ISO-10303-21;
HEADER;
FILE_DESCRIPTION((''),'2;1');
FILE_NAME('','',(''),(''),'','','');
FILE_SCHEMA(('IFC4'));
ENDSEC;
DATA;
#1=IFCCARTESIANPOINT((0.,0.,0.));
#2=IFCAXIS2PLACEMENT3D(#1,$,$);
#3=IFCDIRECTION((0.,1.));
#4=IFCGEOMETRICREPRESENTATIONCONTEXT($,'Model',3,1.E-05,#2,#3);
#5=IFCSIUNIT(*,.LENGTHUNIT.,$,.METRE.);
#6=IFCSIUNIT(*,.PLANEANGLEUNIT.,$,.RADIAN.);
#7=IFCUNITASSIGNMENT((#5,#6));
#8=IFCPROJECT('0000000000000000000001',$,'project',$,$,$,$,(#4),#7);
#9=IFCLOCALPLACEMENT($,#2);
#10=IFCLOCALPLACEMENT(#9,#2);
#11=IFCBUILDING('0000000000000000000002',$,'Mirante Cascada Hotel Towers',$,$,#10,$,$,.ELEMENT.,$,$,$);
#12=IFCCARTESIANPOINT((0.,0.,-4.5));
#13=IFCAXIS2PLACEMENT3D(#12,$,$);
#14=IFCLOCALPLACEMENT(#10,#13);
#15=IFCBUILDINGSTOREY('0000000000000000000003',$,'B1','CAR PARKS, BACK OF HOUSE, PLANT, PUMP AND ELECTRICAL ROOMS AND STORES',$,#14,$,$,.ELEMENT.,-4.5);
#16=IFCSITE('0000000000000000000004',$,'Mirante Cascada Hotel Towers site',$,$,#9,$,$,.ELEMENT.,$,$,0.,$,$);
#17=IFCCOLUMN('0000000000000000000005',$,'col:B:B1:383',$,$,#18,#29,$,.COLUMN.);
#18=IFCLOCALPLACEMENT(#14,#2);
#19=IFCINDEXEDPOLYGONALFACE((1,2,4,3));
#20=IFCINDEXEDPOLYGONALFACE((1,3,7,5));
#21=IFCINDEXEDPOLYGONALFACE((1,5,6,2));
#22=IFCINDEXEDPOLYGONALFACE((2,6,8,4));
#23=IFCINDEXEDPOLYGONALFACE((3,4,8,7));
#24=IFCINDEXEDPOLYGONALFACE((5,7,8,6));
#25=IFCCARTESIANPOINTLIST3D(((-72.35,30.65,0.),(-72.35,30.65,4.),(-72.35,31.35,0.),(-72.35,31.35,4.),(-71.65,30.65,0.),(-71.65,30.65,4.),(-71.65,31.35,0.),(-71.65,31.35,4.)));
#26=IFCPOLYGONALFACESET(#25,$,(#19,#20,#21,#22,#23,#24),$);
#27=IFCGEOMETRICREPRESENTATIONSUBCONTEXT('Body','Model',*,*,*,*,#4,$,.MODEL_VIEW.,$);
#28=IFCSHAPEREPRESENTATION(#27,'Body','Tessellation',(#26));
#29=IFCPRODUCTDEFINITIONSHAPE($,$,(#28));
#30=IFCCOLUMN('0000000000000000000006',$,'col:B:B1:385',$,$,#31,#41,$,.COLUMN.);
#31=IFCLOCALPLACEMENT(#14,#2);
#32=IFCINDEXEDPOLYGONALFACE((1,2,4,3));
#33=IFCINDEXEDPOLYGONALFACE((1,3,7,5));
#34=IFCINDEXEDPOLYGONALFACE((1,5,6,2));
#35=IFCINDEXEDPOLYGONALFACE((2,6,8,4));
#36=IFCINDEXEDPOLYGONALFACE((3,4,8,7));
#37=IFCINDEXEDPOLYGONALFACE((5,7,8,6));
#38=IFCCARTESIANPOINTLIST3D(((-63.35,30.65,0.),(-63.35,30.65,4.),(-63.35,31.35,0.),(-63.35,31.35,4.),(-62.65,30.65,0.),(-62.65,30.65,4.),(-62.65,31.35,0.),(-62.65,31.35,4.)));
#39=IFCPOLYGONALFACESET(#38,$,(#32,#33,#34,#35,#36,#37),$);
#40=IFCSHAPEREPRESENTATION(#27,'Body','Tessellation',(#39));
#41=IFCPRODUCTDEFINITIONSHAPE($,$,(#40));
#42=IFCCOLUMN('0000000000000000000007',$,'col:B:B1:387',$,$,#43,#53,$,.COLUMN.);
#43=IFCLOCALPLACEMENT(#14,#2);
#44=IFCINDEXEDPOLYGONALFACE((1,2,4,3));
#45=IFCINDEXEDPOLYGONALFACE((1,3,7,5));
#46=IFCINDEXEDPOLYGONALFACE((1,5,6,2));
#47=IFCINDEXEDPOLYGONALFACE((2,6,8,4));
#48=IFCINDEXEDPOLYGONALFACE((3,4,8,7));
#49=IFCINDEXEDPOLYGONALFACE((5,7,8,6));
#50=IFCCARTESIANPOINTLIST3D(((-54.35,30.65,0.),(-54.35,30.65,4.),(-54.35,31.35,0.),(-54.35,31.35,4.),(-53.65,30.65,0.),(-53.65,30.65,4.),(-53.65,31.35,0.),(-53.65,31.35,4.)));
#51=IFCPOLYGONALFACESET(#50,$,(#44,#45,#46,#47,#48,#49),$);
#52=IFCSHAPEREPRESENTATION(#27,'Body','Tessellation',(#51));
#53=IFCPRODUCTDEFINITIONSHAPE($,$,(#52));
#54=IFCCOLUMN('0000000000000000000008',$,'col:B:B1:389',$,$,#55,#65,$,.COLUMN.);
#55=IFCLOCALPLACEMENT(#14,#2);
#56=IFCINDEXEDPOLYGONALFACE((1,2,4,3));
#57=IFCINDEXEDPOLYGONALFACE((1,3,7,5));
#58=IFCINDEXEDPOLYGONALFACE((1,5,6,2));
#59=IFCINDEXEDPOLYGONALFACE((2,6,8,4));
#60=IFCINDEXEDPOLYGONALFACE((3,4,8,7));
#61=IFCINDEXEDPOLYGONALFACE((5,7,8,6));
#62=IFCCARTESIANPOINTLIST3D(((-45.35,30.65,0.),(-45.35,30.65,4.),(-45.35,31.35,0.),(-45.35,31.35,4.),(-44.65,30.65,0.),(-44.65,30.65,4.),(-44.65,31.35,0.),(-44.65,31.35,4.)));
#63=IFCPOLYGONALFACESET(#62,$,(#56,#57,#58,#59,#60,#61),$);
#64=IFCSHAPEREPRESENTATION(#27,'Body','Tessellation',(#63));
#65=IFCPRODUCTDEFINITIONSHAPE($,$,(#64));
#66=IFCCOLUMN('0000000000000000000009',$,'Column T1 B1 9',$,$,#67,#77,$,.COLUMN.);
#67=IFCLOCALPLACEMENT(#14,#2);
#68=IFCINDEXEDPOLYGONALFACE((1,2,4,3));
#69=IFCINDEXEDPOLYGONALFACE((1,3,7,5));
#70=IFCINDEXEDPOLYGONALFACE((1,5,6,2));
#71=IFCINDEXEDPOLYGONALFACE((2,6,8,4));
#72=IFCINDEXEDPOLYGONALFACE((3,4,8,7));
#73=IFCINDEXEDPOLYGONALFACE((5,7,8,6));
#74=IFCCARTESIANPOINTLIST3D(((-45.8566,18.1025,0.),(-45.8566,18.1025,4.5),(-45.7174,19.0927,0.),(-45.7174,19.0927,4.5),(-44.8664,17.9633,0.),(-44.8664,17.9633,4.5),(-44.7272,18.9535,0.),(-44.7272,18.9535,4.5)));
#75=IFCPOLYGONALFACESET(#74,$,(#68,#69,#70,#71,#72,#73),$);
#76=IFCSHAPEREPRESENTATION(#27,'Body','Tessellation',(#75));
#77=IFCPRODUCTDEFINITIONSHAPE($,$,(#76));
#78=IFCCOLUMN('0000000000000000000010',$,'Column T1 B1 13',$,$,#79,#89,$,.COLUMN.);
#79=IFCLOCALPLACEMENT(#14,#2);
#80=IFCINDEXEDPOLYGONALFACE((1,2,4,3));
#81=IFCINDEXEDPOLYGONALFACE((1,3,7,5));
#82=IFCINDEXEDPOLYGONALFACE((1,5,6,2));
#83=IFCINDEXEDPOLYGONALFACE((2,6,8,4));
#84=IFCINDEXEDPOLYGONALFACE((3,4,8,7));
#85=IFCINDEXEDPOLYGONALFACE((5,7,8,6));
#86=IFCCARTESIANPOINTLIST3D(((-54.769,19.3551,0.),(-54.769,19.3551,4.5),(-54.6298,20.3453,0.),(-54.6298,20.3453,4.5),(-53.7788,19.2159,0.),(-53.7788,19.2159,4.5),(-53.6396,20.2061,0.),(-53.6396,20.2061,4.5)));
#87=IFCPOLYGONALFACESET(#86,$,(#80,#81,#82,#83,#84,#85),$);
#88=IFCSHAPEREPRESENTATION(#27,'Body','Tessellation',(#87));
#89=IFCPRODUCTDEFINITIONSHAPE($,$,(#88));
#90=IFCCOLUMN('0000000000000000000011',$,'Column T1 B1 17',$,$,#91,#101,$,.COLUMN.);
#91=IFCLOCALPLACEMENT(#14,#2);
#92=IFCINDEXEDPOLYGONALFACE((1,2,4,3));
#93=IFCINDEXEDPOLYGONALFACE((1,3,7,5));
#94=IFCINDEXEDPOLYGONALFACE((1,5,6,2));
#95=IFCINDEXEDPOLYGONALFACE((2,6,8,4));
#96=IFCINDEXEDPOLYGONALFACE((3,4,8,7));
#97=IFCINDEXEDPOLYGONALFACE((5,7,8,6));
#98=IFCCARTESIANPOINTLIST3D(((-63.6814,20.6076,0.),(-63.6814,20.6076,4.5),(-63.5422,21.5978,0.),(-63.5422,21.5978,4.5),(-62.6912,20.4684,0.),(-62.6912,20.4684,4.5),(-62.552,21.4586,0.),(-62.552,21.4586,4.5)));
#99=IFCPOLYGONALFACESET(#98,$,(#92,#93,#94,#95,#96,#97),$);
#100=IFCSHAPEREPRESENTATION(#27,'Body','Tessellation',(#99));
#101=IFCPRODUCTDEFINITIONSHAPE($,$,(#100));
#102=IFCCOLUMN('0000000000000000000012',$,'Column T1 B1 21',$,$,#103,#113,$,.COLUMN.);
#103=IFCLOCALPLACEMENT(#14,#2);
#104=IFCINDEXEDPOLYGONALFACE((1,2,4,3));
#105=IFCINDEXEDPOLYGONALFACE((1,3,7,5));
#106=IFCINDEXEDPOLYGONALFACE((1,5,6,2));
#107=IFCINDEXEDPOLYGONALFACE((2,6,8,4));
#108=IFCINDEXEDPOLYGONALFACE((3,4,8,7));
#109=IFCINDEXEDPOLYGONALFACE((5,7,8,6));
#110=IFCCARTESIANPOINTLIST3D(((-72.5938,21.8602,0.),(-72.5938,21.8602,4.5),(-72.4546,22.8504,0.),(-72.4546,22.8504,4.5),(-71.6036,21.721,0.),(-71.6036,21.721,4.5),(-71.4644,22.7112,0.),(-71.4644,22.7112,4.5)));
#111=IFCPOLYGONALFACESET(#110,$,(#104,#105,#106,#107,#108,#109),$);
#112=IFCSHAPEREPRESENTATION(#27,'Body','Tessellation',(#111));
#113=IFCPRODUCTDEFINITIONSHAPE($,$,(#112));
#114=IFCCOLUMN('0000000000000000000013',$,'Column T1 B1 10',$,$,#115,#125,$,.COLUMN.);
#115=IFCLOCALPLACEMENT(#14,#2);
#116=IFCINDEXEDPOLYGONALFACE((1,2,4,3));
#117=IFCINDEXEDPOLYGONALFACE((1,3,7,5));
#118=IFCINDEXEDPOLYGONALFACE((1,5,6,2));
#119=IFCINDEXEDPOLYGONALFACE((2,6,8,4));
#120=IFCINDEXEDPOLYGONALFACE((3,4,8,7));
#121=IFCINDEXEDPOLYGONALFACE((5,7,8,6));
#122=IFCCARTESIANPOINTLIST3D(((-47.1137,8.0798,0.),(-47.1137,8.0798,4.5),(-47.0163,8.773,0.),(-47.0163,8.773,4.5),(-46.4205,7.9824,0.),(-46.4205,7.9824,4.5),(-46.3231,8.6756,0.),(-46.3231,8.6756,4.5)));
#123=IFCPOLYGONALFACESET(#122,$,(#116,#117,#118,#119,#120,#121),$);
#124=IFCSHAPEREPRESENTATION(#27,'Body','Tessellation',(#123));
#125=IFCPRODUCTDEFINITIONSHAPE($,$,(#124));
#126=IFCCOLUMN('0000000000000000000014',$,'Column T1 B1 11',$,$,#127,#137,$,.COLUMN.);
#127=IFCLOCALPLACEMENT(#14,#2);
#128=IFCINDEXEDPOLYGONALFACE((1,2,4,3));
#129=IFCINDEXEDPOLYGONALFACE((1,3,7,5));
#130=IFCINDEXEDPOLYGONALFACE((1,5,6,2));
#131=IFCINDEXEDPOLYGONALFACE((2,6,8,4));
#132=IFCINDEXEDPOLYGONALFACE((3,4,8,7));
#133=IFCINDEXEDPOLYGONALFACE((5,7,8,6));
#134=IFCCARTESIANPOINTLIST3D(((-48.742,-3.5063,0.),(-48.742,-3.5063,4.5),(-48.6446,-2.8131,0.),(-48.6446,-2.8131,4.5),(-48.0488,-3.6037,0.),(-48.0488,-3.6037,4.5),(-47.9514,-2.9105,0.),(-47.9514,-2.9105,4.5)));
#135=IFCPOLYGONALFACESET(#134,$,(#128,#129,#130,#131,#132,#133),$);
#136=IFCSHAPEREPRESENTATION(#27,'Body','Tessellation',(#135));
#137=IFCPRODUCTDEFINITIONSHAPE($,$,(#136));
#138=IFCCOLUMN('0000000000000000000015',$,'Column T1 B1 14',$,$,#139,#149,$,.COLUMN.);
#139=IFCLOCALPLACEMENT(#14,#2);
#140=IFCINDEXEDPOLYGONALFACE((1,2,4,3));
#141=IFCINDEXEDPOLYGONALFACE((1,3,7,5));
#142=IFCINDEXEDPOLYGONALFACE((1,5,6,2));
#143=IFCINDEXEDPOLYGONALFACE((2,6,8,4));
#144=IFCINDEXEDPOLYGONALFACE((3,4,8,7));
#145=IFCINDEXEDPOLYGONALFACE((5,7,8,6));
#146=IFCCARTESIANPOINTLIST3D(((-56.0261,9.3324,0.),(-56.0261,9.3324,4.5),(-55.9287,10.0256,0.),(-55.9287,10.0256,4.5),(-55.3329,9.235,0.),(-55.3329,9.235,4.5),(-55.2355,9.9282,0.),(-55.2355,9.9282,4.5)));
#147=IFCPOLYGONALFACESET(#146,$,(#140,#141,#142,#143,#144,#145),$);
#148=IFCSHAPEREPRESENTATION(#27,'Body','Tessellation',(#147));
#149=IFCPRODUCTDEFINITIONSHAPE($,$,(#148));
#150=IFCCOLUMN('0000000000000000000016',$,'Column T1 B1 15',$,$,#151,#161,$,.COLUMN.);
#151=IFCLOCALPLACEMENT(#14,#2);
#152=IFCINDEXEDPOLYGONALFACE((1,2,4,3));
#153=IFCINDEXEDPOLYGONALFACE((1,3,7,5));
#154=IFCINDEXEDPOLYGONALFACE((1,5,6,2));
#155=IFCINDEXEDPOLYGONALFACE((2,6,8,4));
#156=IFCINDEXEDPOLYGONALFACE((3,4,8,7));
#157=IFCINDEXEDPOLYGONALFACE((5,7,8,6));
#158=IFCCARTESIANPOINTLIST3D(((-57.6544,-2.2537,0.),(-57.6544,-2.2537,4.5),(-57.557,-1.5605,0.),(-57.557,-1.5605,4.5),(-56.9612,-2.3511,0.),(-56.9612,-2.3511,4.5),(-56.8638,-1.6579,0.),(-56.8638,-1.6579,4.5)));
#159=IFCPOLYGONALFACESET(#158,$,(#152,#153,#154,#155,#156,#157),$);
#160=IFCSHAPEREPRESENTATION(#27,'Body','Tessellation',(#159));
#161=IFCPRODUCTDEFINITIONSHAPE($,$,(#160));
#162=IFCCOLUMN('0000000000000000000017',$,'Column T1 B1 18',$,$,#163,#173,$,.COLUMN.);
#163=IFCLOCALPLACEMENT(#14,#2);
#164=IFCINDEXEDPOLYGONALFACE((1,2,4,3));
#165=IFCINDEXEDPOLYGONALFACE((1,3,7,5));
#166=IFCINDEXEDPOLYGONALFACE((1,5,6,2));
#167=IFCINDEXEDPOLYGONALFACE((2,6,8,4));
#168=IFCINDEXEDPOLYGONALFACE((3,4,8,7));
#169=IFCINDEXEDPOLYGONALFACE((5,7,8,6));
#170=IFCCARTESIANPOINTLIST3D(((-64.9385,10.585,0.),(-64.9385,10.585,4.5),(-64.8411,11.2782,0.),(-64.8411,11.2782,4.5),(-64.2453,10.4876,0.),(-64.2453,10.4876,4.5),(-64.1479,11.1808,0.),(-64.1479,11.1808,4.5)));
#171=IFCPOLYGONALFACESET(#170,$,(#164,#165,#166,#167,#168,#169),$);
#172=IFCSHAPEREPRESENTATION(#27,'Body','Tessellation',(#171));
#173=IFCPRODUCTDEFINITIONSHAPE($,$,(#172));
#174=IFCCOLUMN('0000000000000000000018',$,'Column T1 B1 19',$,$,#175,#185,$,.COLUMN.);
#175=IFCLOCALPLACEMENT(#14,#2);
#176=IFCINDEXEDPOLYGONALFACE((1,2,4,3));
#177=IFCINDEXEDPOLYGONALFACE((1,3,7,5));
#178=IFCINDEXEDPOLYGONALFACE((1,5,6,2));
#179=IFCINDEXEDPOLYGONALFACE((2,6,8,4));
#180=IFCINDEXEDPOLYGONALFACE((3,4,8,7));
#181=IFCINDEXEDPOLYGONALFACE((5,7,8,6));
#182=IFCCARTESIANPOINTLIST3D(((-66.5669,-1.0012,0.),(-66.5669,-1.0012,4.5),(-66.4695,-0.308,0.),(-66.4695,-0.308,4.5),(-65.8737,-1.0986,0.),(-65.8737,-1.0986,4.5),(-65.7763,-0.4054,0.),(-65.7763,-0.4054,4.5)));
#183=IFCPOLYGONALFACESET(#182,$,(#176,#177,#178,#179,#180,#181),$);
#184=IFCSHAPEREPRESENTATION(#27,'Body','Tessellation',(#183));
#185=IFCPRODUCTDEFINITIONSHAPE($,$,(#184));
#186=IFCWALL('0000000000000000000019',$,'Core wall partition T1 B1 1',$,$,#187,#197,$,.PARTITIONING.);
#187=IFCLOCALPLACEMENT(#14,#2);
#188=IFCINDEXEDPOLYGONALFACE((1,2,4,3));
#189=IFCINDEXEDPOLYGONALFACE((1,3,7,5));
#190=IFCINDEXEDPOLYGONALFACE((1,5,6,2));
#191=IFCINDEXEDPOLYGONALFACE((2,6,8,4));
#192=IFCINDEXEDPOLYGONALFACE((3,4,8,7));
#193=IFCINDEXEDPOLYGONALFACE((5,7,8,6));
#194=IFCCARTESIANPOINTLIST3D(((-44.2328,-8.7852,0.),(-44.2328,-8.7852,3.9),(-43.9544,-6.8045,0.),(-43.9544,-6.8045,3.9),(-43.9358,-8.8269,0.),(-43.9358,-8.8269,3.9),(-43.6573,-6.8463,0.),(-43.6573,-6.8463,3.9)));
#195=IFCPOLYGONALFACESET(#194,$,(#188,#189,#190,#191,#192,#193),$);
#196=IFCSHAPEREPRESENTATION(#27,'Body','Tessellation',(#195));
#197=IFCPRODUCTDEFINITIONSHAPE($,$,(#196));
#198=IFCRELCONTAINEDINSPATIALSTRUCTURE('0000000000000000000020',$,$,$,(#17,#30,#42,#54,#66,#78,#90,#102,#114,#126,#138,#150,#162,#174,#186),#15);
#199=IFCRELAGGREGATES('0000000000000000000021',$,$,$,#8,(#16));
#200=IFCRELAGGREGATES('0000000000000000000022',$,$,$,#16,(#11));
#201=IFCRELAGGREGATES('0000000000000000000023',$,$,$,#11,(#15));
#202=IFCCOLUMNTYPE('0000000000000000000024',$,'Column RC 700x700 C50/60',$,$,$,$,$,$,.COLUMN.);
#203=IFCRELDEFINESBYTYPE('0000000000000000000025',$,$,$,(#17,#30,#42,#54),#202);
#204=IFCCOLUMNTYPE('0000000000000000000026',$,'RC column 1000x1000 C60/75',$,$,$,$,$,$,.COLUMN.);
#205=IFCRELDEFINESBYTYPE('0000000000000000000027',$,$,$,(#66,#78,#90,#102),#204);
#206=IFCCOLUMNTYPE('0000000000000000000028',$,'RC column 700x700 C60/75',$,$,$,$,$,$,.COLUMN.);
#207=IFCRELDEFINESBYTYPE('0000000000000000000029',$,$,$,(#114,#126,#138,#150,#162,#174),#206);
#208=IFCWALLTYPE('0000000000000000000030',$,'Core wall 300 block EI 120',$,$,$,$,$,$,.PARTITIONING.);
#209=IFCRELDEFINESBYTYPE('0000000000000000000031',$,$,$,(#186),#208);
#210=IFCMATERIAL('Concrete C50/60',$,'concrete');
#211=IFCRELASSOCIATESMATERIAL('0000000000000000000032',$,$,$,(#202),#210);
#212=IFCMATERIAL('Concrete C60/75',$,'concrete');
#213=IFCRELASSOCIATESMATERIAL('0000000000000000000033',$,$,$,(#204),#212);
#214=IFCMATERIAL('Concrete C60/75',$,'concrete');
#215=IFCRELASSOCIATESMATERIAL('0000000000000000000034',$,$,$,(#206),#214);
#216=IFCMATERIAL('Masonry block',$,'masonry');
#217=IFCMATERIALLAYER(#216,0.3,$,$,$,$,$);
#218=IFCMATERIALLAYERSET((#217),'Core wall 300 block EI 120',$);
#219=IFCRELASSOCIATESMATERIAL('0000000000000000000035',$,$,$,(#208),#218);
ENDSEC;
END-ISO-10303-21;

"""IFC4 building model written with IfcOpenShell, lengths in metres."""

from ifc_helpers import new_model, si_unit, direction, frame, frame_2d, origin, origin_2d, place, context, subcontext, project, spatial, rectangle, extrude, material, layer, layer_set, material_profile, profile_set, type_object, element, save


model = new_model("IFC4")

# Units and contexts
model_context = context("Model", 3, precision=1e-05, world=origin(), true_north=direction((0.0, 1.0)))
body_context = subcontext(model_context, "Body", "Model", "MODEL_VIEW")
ifc_project = project(units=[si_unit("LENGTHUNIT", "METRE"), si_unit("PLANEANGLEUNIT", "RADIAN")], contexts=[model_context])

# Site, building, storey
site_placement = place(None, origin())
site = spatial("IfcSite", under=ifc_project, at=site_placement, Name="Mirante Cascada Hotel Towers site", CompositionType="ELEMENT", RefElevation=0.0)
building_placement = place(site_placement, origin())
building = spatial("IfcBuilding", under=site, at=building_placement, Name="Mirante Cascada Hotel Towers", CompositionType="ELEMENT")
storey_placement = place(building_placement, frame((0.0, 0.0, -4.5)))
storey = spatial("IfcBuildingStorey", under=building, at=storey_placement, Name="B1", Description="CAR PARKS, BACK OF HOUSE, PLANT, PUMP AND ELECTRICAL ROOMS AND STORES", CompositionType="ELEMENT", Elevation=-4.5)

# Columns
ifc_material_1 = material(Name="Concrete C50/60", Category="concrete")
ifc_material_profile_1 = material_profile(ifc_material_1, rectangle(XDim=0.7, YDim=0.7, at=origin_2d()), Name="RC 700x700")
ifc_profile_set_1 = profile_set([ifc_material_profile_1], Name="Concrete C50/60")
column_type_1 = type_object("IfcColumnType", Name="Column RC 700x700 C50/60", PredefinedType="COLUMN", material=ifc_profile_set_1)
for number, where, z_axis, x_axis, name in (
    (1, (-72.0, 31.0, 0.0), (0.0, 0.0, 1.0), (1.0, 0.0, 0.0), "col:B:B1:383"),
    (2, (-63.0, 31.0, 0.0), (0.0, 0.0, 1.0), (1.0, 0.0, 0.0), "col:B:B1:385"),
    (3, (-54.0, 31.0, 0.0), (0.0, 0.0, 1.0), (1.0, 0.0, 0.0), "col:B:B1:387"),
    (4, (-45.0, 31.0, 0.0), (0.0, 0.0, 1.0), (1.0, 0.0, 0.0), "col:B:B1:389"),
):
    element("IfcColumn", number, at=place(storey_placement, frame(where, z_axis=z_axis, x_axis=x_axis)), inside=storey, type_object=column_type_1, Name=name, PredefinedType="COLUMN", context=body_context, shape_type="SweptSolid", body=[
        extrude(rectangle(XDim=0.7, YDim=0.7, at=origin_2d()), origin(), (0.0, 0.0, 1.0), 4.0),
    ])
ifc_material_2 = material(Name="Concrete C60/75", Category="concrete")
ifc_material_profile_2 = material_profile(ifc_material_2, rectangle(XDim=1.0, YDim=1.0, at=origin_2d()), Name="RC column 1000x1000 C60/75")
ifc_profile_set_2 = profile_set([ifc_material_profile_2], Name="Concrete C60/75")
column_type_2 = type_object("IfcColumnType", Name="RC column 1000x1000 C60/75", PredefinedType="COLUMN", material=ifc_profile_set_2)
for number, where, z_axis, x_axis, name in (
    (5, (-45.2919, 18.528, 0.0), (0.0, 0.0, 1.0), (-0.990268, 0.139173, 0.0), "Column T1 B1 9"),
    (6, (-54.2043, 19.7806, 0.0), (0.0, 0.0, 1.0), (-0.990268, 0.139173, 0.0), "Column T1 B1 13"),
    (7, (-63.1167, 21.0331, 0.0), (0.0, 0.0, 1.0), (-0.990268, 0.139173, 0.0), "Column T1 B1 17"),
    (8, (-72.0291, 22.2857, 0.0), (0.0, 0.0, 1.0), (-0.990268, 0.139173, 0.0), "Column T1 B1 21"),
):
    element("IfcColumn", number, at=place(storey_placement, frame(where, z_axis=z_axis, x_axis=x_axis)), inside=storey, type_object=column_type_2, Name=name, PredefinedType="COLUMN", context=body_context, shape_type="SweptSolid", body=[
        extrude(rectangle(XDim=1.0, YDim=1.0, at=origin_2d()), origin(), (0.0, 0.0, 1.0), 4.5),
    ])
ifc_material_3 = material(Name="Concrete C60/75", Category="concrete")
ifc_material_profile_3 = material_profile(ifc_material_3, rectangle(XDim=0.7, YDim=0.7, at=origin_2d()), Name="RC column 700x700 C60/75")
ifc_profile_set_3 = profile_set([ifc_material_profile_3], Name="Concrete C60/75")
column_type_3 = type_object("IfcColumnType", Name="RC column 700x700 C60/75", PredefinedType="COLUMN", material=ifc_profile_set_3)
for number, where, z_axis, x_axis, name in (
    (9, (-46.7184, 8.3777, 0.0), (0.0, 0.0, 1.0), (-0.990268, 0.139173, 0.0), "Column T1 B1 10"),
    (10, (-48.3467, -3.2084, 0.0), (0.0, 0.0, 1.0), (-0.990268, 0.139173, 0.0), "Column T1 B1 11"),
    (11, (-55.6308, 9.6303, 0.0), (0.0, 0.0, 1.0), (-0.990268, 0.139173, 0.0), "Column T1 B1 14"),
    (12, (-57.2591, -1.9558, 0.0), (0.0, 0.0, 1.0), (-0.990268, 0.139173, 0.0), "Column T1 B1 15"),
    (13, (-64.5432, 10.8829, 0.0), (0.0, 0.0, 1.0), (-0.990268, 0.139173, 0.0), "Column T1 B1 18"),
    (14, (-66.1716, -0.7033, 0.0), (0.0, 0.0, 1.0), (-0.990268, 0.139173, 0.0), "Column T1 B1 19"),
):
    element("IfcColumn", number, at=place(storey_placement, frame(where, z_axis=z_axis, x_axis=x_axis)), inside=storey, type_object=column_type_3, Name=name, PredefinedType="COLUMN", context=body_context, shape_type="SweptSolid", body=[
        extrude(rectangle(XDim=0.7, YDim=0.7, at=origin_2d()), origin(), (0.0, 0.0, 1.0), 4.5),
    ])

# Wall
ifc_material_4 = material(Name="Masonry block", Category="masonry")
ifc_layer_1 = layer(ifc_material_4, 0.3)
ifc_layer_set_1 = layer_set([ifc_layer_1], Name="Core wall 300 block EI 120")
wall_type_1 = type_object("IfcWallType", Name="Core wall 300 block EI 120", PredefinedType="PARTITIONING", material=ifc_layer_set_1)
wall_1_placement = place(storey_placement, frame((-44.0843, -8.8061, 0.0), z_axis=(0.0, 0.0, 1.0), x_axis=(0.139195, 0.990265, 0.0)))
element("IfcWall", 15, at=wall_1_placement, inside=storey, type_object=wall_type_1, Name="Core wall partition T1 B1 1", PredefinedType="PARTITIONING", context=body_context, shape_type="SweptSolid", body=[
    extrude(rectangle(XDim=2.0001, YDim=0.3, at=frame_2d((1.0001, 0.0))), origin(), (0.0, 0.0, 1.0), 3.9),
])

save(model, "model.ifc")
